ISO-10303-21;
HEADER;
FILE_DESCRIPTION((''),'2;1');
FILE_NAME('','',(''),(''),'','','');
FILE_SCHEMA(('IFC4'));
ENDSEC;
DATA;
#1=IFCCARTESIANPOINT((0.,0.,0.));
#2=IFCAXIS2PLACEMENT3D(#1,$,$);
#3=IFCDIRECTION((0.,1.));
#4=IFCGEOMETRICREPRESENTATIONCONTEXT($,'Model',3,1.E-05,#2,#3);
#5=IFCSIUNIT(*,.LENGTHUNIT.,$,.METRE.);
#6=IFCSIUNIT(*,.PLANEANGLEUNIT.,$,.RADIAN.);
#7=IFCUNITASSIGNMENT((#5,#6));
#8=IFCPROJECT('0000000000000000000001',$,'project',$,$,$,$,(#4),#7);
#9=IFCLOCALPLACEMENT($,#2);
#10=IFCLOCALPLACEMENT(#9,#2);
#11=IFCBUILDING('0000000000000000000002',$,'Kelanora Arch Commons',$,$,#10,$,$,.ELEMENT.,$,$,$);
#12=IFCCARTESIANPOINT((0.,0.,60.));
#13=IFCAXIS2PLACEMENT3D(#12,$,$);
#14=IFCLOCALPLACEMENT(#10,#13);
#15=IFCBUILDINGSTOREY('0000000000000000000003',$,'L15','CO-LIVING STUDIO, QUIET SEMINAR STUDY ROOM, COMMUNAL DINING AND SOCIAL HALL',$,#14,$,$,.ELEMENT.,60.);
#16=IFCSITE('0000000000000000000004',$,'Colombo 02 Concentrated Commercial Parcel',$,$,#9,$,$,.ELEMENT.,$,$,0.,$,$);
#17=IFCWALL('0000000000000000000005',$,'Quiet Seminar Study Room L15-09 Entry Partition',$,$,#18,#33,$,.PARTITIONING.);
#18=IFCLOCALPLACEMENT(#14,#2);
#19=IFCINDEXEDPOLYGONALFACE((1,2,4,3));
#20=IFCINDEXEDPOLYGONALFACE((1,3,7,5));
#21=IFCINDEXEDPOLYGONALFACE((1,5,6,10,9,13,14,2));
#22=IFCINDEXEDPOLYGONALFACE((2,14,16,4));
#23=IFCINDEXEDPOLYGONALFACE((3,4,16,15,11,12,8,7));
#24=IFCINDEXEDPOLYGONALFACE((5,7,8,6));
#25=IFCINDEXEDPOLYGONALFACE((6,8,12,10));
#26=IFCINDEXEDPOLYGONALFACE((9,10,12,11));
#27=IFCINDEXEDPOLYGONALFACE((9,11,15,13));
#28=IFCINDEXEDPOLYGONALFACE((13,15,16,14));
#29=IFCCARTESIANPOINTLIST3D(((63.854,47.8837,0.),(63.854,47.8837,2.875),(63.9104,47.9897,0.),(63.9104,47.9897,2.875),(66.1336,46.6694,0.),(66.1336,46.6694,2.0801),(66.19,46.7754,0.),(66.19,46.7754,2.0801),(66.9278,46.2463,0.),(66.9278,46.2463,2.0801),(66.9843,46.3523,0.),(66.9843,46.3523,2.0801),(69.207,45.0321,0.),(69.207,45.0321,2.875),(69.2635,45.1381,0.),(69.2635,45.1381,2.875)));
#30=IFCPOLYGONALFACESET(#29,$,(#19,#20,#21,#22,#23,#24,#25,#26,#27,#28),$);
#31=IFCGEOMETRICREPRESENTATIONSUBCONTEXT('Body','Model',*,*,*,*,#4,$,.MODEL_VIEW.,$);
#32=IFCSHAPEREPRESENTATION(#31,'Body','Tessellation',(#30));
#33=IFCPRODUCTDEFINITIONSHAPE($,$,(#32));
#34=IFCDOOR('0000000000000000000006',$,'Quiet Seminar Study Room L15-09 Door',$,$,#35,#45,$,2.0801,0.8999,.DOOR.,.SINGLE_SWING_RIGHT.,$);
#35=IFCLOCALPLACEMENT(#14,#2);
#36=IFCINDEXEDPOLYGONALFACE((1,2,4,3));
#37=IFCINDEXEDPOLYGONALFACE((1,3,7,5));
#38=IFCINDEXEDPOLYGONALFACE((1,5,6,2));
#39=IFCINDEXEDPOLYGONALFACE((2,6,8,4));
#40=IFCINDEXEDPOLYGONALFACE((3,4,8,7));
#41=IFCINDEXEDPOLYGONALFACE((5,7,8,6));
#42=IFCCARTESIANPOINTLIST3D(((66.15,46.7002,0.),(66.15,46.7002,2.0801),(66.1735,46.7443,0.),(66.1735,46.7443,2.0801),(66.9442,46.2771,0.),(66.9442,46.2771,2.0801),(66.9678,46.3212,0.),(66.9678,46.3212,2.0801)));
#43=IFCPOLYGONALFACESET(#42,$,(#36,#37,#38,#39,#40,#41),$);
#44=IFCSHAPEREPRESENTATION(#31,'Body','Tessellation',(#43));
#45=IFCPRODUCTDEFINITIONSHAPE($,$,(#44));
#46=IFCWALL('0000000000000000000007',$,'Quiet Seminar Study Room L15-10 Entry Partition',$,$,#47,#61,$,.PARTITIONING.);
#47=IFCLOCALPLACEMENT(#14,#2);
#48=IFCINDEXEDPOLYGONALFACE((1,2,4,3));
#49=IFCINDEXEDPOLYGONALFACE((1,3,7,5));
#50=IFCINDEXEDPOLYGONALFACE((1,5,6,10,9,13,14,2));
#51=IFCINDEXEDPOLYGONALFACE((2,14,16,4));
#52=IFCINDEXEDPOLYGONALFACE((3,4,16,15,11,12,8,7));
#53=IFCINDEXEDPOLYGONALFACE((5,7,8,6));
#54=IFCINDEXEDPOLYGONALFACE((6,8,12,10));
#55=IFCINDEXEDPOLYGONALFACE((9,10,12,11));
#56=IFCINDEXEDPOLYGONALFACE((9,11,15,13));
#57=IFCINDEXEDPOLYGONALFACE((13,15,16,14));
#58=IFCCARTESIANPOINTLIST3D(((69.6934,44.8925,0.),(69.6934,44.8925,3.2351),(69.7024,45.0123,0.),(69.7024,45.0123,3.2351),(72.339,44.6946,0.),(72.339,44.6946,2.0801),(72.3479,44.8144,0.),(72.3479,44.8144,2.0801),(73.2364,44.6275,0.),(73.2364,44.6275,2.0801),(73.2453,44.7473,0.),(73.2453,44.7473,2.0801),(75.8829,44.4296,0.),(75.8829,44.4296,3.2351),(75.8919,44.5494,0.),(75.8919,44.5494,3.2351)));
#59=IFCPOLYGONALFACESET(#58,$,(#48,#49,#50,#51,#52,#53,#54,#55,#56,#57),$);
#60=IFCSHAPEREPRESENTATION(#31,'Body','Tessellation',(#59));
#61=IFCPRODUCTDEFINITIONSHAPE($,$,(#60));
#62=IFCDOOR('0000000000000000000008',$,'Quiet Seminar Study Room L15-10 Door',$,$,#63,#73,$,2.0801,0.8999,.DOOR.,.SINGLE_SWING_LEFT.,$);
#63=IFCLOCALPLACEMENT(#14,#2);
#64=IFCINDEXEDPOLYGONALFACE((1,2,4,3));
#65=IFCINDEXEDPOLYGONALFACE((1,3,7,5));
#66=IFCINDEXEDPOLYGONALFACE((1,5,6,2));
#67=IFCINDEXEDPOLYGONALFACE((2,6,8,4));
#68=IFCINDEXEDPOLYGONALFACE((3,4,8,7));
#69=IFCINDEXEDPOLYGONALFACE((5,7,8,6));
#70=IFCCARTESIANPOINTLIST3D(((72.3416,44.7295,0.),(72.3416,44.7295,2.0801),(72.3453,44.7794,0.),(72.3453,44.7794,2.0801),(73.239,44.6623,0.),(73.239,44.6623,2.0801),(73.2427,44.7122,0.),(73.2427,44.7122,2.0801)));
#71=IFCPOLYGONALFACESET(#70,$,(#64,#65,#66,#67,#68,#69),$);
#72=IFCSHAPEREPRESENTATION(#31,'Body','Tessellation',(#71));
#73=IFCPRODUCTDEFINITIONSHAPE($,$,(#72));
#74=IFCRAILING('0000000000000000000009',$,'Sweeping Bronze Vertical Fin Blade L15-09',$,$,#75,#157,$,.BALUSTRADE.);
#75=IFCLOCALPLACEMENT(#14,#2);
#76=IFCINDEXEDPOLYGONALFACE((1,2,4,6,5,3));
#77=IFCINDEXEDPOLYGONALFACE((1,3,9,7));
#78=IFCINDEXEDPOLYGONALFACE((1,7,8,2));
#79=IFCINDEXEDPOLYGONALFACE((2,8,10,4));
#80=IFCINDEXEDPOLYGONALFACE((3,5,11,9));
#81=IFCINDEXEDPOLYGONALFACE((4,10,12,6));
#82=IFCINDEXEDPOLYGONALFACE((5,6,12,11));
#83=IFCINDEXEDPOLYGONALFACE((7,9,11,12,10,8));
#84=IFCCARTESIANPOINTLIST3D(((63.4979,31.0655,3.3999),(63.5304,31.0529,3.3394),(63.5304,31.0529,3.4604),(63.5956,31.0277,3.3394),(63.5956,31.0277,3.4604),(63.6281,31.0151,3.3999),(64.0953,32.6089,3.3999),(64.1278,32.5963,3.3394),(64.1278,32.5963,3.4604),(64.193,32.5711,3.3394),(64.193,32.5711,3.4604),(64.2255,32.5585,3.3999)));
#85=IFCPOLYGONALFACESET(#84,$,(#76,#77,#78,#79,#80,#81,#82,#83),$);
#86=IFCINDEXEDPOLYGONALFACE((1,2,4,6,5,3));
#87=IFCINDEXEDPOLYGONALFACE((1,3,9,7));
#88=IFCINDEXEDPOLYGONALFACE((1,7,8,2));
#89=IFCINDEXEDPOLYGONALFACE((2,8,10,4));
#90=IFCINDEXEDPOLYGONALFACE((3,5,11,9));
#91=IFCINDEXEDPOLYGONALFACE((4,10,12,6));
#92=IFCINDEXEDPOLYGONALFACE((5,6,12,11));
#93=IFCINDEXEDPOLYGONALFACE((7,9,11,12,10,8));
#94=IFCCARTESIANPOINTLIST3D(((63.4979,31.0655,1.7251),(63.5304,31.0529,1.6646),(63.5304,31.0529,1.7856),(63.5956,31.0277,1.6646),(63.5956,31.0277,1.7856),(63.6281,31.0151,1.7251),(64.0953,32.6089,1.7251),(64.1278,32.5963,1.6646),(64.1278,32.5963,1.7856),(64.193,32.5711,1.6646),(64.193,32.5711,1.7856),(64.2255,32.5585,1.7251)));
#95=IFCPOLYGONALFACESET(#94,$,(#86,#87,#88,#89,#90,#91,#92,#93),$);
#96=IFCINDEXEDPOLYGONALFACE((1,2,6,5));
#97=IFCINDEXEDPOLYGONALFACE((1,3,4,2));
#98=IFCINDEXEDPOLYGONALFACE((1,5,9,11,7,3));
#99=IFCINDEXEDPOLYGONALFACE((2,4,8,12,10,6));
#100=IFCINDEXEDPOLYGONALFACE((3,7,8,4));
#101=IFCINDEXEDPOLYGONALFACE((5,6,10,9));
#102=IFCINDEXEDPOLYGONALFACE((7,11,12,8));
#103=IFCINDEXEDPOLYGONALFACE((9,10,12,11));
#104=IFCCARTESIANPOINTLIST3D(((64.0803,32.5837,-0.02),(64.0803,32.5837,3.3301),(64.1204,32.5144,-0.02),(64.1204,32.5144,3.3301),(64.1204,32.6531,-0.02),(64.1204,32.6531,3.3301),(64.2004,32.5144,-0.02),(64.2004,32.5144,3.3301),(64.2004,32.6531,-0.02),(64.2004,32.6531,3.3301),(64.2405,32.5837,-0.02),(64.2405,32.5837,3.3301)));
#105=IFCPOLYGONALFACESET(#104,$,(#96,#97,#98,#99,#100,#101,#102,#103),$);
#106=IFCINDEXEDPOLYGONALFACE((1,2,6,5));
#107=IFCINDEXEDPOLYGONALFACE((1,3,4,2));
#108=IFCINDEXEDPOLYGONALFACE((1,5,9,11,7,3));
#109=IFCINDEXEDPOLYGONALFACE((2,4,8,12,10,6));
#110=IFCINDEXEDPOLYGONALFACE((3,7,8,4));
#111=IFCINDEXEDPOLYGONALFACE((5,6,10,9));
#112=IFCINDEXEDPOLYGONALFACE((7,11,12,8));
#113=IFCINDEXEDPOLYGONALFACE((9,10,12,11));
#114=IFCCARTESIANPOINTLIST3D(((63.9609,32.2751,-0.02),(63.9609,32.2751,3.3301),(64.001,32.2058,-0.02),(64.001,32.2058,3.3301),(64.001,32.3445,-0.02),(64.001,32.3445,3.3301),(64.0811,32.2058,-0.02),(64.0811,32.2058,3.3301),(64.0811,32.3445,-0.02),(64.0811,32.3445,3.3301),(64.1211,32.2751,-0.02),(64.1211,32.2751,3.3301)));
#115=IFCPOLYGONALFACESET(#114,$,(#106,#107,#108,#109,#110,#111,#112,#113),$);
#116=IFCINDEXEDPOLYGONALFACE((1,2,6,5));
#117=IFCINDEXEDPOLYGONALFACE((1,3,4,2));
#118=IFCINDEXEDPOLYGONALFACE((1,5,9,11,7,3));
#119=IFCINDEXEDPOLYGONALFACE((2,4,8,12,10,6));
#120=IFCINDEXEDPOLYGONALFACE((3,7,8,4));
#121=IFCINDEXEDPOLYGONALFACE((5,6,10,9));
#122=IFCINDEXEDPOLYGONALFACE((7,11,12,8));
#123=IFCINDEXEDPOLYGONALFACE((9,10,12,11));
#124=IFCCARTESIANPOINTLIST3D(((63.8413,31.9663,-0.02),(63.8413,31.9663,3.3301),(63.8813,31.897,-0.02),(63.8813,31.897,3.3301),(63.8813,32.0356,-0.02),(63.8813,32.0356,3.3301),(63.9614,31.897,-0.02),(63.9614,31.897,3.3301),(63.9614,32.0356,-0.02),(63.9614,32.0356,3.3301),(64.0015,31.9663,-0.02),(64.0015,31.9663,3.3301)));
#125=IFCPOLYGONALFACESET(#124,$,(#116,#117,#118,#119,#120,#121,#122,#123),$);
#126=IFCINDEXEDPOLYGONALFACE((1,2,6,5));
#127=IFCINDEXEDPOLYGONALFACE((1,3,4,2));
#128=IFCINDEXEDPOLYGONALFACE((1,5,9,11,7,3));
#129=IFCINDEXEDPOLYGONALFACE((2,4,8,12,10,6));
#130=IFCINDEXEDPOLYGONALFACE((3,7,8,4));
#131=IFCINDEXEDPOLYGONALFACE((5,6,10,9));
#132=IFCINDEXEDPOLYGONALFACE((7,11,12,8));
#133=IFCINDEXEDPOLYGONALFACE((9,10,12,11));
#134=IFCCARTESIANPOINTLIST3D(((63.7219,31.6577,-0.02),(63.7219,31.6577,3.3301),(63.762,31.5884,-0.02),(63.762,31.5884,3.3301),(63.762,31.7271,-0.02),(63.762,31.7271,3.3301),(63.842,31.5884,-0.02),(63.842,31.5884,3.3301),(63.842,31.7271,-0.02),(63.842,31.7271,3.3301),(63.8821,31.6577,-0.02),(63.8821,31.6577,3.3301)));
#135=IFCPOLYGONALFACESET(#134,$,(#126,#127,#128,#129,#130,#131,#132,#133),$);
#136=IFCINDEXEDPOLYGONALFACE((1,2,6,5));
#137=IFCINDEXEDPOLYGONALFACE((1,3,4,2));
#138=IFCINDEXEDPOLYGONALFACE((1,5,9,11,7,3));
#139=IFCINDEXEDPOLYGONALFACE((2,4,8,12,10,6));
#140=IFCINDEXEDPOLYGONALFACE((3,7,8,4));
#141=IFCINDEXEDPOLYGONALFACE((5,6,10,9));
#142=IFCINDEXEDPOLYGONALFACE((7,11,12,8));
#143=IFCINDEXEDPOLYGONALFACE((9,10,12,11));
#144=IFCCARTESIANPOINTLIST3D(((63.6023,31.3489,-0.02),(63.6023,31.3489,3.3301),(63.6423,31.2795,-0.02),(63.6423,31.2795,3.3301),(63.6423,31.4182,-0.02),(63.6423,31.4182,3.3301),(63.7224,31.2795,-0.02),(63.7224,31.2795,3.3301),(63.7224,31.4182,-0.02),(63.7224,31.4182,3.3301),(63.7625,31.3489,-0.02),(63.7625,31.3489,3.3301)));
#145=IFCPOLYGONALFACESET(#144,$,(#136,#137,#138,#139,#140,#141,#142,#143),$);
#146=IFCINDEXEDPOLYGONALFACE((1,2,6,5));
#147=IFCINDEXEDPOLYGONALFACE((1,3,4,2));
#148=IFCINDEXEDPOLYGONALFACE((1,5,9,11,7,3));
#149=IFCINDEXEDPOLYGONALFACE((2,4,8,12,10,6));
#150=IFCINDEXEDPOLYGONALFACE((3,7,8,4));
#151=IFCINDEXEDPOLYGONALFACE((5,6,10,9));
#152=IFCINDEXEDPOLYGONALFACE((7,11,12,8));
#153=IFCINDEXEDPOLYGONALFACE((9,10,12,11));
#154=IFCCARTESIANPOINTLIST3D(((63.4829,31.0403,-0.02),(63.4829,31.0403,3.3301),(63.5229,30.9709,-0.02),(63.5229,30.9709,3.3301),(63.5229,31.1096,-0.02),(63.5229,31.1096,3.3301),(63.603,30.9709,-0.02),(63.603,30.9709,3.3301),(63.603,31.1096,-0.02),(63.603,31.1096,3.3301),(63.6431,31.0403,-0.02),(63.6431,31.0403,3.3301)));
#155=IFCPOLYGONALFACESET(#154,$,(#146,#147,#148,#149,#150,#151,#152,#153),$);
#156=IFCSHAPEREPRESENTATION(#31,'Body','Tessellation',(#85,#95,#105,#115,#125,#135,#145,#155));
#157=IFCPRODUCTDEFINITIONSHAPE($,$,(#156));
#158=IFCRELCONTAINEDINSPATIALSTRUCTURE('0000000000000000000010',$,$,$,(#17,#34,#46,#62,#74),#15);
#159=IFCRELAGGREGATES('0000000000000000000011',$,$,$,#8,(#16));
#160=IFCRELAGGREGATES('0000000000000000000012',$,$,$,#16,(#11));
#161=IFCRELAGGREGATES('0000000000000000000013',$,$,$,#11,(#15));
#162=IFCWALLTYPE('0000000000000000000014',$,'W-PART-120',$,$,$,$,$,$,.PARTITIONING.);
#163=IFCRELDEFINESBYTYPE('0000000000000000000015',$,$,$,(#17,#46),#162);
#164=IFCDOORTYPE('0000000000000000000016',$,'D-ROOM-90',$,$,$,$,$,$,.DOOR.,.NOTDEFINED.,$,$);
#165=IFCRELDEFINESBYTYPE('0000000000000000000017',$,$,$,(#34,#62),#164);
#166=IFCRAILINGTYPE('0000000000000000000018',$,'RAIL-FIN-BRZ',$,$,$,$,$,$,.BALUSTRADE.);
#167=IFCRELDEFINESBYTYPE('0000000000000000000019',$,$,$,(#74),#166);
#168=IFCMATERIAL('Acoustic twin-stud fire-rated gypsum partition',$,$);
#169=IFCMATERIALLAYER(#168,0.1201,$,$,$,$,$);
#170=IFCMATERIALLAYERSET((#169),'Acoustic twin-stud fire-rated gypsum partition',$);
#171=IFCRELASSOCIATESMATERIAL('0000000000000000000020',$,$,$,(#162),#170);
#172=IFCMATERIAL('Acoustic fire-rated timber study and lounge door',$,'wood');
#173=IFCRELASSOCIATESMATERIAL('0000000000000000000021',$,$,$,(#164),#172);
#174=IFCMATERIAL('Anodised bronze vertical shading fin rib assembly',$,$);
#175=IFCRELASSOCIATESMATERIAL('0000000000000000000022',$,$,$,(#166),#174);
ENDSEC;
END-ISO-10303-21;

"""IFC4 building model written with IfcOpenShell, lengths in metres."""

from ifc_helpers import new_model, si_unit, direction, frame, frame_2d, origin, place, context, subcontext, project, spatial, polyline, rectangle, outline, extrude, material, layer, layer_set, type_object, element, fill, save


model = new_model("IFC4")

# Units and contexts
model_context = context("Model", 3, precision=1e-05, world=origin(), true_north=direction((0.0, 1.0)))
body_context = subcontext(model_context, "Body", "Model", "MODEL_VIEW")
ifc_project = project(units=[si_unit("LENGTHUNIT", "METRE"), si_unit("PLANEANGLEUNIT", "RADIAN")], contexts=[model_context])

# Site, building, storey
site_placement = place(None, origin())
site = spatial("IfcSite", under=ifc_project, at=site_placement, Name="Colombo 02 Concentrated Commercial Parcel", CompositionType="ELEMENT", RefElevation=0.0)
building_placement = place(site_placement, origin())
building = spatial("IfcBuilding", under=site, at=building_placement, Name="Kelanora Arch Commons", CompositionType="ELEMENT")
storey_placement = place(building_placement, frame((0.0, 0.0, 60.0)))
storey = spatial("IfcBuildingStorey", under=building, at=storey_placement, Name="L15", Description="CO-LIVING STUDIO, QUIET SEMINAR STUDY ROOM, COMMUNAL DINING AND SOCIAL HALL", CompositionType="ELEMENT", Elevation=60.0)

# Walls, openings, doors
ifc_material_1 = material(Name="Acoustic twin-stud fire-rated gypsum partition")
ifc_layer_1 = layer(ifc_material_1, 0.1201)
ifc_layer_set_1 = layer_set([ifc_layer_1], Name="Acoustic twin-stud fire-rated gypsum partition")
wall_type_1 = type_object("IfcWallType", Name="W-PART-120", PredefinedType="PARTITIONING", material=ifc_layer_set_1)
wall_1_placement = place(storey_placement, frame((63.8821, 47.9368, 0.0), z_axis=(0.0, 0.0, 1.0), x_axis=(0.882585, -0.470154, 0.0)))
wall_1 = element("IfcWall", 1, at=wall_1_placement, inside=storey, type_object=wall_type_1, Name="Quiet Seminar Study Room L15-09 Entry Partition", PredefinedType="PARTITIONING", context=body_context, shape_type="SweptSolid", body=[
    extrude(rectangle(XDim=6.0652, YDim=0.1201, at=frame_2d((3.0327, 0.0))), origin(), (0.0, 0.0, 1.0), 2.875),
])
opening_1_placement = place(wall_1_placement, frame((2.583, 0.0, 0.0)))
opening_1 = element("IfcOpeningElement", 2, at=opening_1_placement, cuts=wall_1, PredefinedType="OPENING", context=body_context, shape_type="SweptSolid", body=[
    extrude(rectangle(XDim=0.8999, YDim=2.0801, at=frame_2d((0.45, 1.04))), frame((0.0, 0.0701, 0.0), z_axis=(0.0, -1.0, 0.0), x_axis=(1.0, 0.0, 0.0)), (0.0, 0.0, 1.0), 0.1401),
])
ifc_material_2 = material(Name="Acoustic fire-rated timber study and lounge door", Category="wood")
door_type = type_object("IfcDoorType", Name="D-ROOM-90", OperationType="NOTDEFINED", PredefinedType="DOOR", material=ifc_material_2)
door_1_placement = place(opening_1_placement, origin())
door_1 = element("IfcDoor", 3, at=door_1_placement, inside=storey, type_object=door_type, Name="Quiet Seminar Study Room L15-09 Door", OperationType="SINGLE_SWING_RIGHT", OverallHeight=2.0801, OverallWidth=0.8999, PredefinedType="DOOR", context=body_context, shape_type="SweptSolid", body=[
    extrude(rectangle(XDim=0.8999, YDim=2.0801, at=frame_2d((0.45, 1.04))), frame((0.0, 0.0249, 0.0), z_axis=(0.0, -1.0, 0.0), x_axis=(1.0, 0.0, 0.0)), (0.0, 0.0, 1.0), 0.05),
])
fill(opening_1, door_1)
wall_2_placement = place(storey_placement, frame((69.6978, 44.9524, 0.0), z_axis=(0.0, 0.0, 1.0), x_axis=(0.997215, -0.074579, 0.0)))
wall_2 = element("IfcWall", 4, at=wall_2_placement, inside=storey, type_object=wall_type_1, Name="Quiet Seminar Study Room L15-10 Entry Partition", PredefinedType="PARTITIONING", context=body_context, shape_type="SweptSolid", body=[
    extrude(rectangle(XDim=6.2068, YDim=0.1201, at=frame_2d((3.1035, 0.0))), origin(), (0.0, 0.0, 1.0), 3.2351),
])
opening_2_placement = place(wall_2_placement, frame((2.6531, 0.0, 0.0)))
opening_2 = element("IfcOpeningElement", 5, at=opening_2_placement, cuts=wall_2, PredefinedType="OPENING", context=body_context, shape_type="SweptSolid", body=[
    extrude(rectangle(XDim=0.8999, YDim=2.0801, at=frame_2d((0.45, 1.04))), frame((0.0, 0.0701, 0.0), z_axis=(0.0, -1.0, 0.0), x_axis=(1.0, 0.0, 0.0)), (0.0, 0.0, 1.0), 0.1401),
])
door_2_placement = place(opening_2_placement, origin())
door_2 = element("IfcDoor", 6, at=door_2_placement, inside=storey, type_object=door_type, Name="Quiet Seminar Study Room L15-10 Door", OperationType="SINGLE_SWING_LEFT", OverallHeight=2.0801, OverallWidth=0.8999, PredefinedType="DOOR", context=body_context, shape_type="SweptSolid", body=[
    extrude(rectangle(XDim=0.8999, YDim=2.0801, at=frame_2d((0.45, 1.04))), frame((0.0, 0.0249, 0.0), z_axis=(0.0, -1.0, 0.0), x_axis=(1.0, 0.0, 0.0)), (0.0, 0.0, 1.0), 0.05),
])
fill(opening_2, door_2)

# Railing
ifc_material_3 = material(Name="Anodised bronze vertical shading fin rib assembly")
railing_type = type_object("IfcRailingType", Name="RAIL-FIN-BRZ", PredefinedType="BALUSTRADE", material=ifc_material_3)
railing_1_placement = place(storey_placement, frame((64.1604, 32.5837, -0.02)))
element("IfcRailing", 7, at=railing_1_placement, inside=storey, type_object=railing_type, Name="Sweeping Bronze Vertical Fin Blade L15-09", PredefinedType="BALUSTRADE", context=body_context, shape_type="SweptSolid", body=[
    extrude(outline(polyline([(0.0698, 0.0), (0.0349, 0.0605), (-0.0349, 0.0605), (-0.0698, 0.0), (-0.0349, -0.0605), (0.0349, -0.0605), (0.0698, 0.0)])), frame((0.0, 0.0, 3.4199), z_axis=(-0.360965, -0.932579, 0.0), x_axis=(0.932579, -0.360965, 0.0)), (0.0, 0.0, 1.0), 1.655),
    extrude(outline(polyline([(0.0698, 0.0), (0.0349, 0.0605), (-0.0349, 0.0605), (-0.0698, 0.0), (-0.0349, -0.0605), (0.0349, -0.0605), (0.0698, 0.0)])), frame((0.0, 0.0, 1.7451), z_axis=(-0.360965, -0.932579, 0.0), x_axis=(0.932579, -0.360965, 0.0)), (0.0, 0.0, 1.0), 1.655),
    extrude(outline(polyline([(0.0801, 0.0), (0.04, 0.0693), (-0.04, 0.0693), (-0.0801, 0.0), (-0.04, -0.0693), (0.04, -0.0693), (0.0801, 0.0)])), origin(), (0.0, 0.0, 1.0), 3.3501),
    extrude(outline(polyline([(0.0801, 0.0), (0.04, 0.0693), (-0.04, 0.0693), (-0.0801, 0.0), (-0.04, -0.0693), (0.04, -0.0693), (0.0801, 0.0)])), frame((-0.1194, -0.3086, 0.0)), (0.0, 0.0, 1.0), 3.3501),
    extrude(outline(polyline([(0.0801, 0.0), (0.04, 0.0693), (-0.04, 0.0693), (-0.0801, 0.0), (-0.04, -0.0693), (0.04, -0.0693), (0.0801, 0.0)])), frame((-0.239, -0.6174, 0.0)), (0.0, 0.0, 1.0), 3.3501),
    extrude(outline(polyline([(0.0801, 0.0), (0.04, 0.0693), (-0.04, 0.0693), (-0.0801, 0.0), (-0.04, -0.0693), (0.04, -0.0693), (0.0801, 0.0)])), frame((-0.3584, -0.926, 0.0)), (0.0, 0.0, 1.0), 3.3501),
    extrude(outline(polyline([(0.0801, 0.0), (0.04, 0.0693), (-0.04, 0.0693), (-0.0801, 0.0), (-0.04, -0.0693), (0.04, -0.0693), (0.0801, 0.0)])), frame((-0.478, -1.2349, 0.0)), (0.0, 0.0, 1.0), 3.3501),
    extrude(outline(polyline([(0.0801, 0.0), (0.04, 0.0693), (-0.04, 0.0693), (-0.0801, 0.0), (-0.04, -0.0693), (0.04, -0.0693), (0.0801, 0.0)])), frame((-0.5974, -1.5435, 0.0)), (0.0, 0.0, 1.0), 3.3501),
])

save(model, "model.ifc")
